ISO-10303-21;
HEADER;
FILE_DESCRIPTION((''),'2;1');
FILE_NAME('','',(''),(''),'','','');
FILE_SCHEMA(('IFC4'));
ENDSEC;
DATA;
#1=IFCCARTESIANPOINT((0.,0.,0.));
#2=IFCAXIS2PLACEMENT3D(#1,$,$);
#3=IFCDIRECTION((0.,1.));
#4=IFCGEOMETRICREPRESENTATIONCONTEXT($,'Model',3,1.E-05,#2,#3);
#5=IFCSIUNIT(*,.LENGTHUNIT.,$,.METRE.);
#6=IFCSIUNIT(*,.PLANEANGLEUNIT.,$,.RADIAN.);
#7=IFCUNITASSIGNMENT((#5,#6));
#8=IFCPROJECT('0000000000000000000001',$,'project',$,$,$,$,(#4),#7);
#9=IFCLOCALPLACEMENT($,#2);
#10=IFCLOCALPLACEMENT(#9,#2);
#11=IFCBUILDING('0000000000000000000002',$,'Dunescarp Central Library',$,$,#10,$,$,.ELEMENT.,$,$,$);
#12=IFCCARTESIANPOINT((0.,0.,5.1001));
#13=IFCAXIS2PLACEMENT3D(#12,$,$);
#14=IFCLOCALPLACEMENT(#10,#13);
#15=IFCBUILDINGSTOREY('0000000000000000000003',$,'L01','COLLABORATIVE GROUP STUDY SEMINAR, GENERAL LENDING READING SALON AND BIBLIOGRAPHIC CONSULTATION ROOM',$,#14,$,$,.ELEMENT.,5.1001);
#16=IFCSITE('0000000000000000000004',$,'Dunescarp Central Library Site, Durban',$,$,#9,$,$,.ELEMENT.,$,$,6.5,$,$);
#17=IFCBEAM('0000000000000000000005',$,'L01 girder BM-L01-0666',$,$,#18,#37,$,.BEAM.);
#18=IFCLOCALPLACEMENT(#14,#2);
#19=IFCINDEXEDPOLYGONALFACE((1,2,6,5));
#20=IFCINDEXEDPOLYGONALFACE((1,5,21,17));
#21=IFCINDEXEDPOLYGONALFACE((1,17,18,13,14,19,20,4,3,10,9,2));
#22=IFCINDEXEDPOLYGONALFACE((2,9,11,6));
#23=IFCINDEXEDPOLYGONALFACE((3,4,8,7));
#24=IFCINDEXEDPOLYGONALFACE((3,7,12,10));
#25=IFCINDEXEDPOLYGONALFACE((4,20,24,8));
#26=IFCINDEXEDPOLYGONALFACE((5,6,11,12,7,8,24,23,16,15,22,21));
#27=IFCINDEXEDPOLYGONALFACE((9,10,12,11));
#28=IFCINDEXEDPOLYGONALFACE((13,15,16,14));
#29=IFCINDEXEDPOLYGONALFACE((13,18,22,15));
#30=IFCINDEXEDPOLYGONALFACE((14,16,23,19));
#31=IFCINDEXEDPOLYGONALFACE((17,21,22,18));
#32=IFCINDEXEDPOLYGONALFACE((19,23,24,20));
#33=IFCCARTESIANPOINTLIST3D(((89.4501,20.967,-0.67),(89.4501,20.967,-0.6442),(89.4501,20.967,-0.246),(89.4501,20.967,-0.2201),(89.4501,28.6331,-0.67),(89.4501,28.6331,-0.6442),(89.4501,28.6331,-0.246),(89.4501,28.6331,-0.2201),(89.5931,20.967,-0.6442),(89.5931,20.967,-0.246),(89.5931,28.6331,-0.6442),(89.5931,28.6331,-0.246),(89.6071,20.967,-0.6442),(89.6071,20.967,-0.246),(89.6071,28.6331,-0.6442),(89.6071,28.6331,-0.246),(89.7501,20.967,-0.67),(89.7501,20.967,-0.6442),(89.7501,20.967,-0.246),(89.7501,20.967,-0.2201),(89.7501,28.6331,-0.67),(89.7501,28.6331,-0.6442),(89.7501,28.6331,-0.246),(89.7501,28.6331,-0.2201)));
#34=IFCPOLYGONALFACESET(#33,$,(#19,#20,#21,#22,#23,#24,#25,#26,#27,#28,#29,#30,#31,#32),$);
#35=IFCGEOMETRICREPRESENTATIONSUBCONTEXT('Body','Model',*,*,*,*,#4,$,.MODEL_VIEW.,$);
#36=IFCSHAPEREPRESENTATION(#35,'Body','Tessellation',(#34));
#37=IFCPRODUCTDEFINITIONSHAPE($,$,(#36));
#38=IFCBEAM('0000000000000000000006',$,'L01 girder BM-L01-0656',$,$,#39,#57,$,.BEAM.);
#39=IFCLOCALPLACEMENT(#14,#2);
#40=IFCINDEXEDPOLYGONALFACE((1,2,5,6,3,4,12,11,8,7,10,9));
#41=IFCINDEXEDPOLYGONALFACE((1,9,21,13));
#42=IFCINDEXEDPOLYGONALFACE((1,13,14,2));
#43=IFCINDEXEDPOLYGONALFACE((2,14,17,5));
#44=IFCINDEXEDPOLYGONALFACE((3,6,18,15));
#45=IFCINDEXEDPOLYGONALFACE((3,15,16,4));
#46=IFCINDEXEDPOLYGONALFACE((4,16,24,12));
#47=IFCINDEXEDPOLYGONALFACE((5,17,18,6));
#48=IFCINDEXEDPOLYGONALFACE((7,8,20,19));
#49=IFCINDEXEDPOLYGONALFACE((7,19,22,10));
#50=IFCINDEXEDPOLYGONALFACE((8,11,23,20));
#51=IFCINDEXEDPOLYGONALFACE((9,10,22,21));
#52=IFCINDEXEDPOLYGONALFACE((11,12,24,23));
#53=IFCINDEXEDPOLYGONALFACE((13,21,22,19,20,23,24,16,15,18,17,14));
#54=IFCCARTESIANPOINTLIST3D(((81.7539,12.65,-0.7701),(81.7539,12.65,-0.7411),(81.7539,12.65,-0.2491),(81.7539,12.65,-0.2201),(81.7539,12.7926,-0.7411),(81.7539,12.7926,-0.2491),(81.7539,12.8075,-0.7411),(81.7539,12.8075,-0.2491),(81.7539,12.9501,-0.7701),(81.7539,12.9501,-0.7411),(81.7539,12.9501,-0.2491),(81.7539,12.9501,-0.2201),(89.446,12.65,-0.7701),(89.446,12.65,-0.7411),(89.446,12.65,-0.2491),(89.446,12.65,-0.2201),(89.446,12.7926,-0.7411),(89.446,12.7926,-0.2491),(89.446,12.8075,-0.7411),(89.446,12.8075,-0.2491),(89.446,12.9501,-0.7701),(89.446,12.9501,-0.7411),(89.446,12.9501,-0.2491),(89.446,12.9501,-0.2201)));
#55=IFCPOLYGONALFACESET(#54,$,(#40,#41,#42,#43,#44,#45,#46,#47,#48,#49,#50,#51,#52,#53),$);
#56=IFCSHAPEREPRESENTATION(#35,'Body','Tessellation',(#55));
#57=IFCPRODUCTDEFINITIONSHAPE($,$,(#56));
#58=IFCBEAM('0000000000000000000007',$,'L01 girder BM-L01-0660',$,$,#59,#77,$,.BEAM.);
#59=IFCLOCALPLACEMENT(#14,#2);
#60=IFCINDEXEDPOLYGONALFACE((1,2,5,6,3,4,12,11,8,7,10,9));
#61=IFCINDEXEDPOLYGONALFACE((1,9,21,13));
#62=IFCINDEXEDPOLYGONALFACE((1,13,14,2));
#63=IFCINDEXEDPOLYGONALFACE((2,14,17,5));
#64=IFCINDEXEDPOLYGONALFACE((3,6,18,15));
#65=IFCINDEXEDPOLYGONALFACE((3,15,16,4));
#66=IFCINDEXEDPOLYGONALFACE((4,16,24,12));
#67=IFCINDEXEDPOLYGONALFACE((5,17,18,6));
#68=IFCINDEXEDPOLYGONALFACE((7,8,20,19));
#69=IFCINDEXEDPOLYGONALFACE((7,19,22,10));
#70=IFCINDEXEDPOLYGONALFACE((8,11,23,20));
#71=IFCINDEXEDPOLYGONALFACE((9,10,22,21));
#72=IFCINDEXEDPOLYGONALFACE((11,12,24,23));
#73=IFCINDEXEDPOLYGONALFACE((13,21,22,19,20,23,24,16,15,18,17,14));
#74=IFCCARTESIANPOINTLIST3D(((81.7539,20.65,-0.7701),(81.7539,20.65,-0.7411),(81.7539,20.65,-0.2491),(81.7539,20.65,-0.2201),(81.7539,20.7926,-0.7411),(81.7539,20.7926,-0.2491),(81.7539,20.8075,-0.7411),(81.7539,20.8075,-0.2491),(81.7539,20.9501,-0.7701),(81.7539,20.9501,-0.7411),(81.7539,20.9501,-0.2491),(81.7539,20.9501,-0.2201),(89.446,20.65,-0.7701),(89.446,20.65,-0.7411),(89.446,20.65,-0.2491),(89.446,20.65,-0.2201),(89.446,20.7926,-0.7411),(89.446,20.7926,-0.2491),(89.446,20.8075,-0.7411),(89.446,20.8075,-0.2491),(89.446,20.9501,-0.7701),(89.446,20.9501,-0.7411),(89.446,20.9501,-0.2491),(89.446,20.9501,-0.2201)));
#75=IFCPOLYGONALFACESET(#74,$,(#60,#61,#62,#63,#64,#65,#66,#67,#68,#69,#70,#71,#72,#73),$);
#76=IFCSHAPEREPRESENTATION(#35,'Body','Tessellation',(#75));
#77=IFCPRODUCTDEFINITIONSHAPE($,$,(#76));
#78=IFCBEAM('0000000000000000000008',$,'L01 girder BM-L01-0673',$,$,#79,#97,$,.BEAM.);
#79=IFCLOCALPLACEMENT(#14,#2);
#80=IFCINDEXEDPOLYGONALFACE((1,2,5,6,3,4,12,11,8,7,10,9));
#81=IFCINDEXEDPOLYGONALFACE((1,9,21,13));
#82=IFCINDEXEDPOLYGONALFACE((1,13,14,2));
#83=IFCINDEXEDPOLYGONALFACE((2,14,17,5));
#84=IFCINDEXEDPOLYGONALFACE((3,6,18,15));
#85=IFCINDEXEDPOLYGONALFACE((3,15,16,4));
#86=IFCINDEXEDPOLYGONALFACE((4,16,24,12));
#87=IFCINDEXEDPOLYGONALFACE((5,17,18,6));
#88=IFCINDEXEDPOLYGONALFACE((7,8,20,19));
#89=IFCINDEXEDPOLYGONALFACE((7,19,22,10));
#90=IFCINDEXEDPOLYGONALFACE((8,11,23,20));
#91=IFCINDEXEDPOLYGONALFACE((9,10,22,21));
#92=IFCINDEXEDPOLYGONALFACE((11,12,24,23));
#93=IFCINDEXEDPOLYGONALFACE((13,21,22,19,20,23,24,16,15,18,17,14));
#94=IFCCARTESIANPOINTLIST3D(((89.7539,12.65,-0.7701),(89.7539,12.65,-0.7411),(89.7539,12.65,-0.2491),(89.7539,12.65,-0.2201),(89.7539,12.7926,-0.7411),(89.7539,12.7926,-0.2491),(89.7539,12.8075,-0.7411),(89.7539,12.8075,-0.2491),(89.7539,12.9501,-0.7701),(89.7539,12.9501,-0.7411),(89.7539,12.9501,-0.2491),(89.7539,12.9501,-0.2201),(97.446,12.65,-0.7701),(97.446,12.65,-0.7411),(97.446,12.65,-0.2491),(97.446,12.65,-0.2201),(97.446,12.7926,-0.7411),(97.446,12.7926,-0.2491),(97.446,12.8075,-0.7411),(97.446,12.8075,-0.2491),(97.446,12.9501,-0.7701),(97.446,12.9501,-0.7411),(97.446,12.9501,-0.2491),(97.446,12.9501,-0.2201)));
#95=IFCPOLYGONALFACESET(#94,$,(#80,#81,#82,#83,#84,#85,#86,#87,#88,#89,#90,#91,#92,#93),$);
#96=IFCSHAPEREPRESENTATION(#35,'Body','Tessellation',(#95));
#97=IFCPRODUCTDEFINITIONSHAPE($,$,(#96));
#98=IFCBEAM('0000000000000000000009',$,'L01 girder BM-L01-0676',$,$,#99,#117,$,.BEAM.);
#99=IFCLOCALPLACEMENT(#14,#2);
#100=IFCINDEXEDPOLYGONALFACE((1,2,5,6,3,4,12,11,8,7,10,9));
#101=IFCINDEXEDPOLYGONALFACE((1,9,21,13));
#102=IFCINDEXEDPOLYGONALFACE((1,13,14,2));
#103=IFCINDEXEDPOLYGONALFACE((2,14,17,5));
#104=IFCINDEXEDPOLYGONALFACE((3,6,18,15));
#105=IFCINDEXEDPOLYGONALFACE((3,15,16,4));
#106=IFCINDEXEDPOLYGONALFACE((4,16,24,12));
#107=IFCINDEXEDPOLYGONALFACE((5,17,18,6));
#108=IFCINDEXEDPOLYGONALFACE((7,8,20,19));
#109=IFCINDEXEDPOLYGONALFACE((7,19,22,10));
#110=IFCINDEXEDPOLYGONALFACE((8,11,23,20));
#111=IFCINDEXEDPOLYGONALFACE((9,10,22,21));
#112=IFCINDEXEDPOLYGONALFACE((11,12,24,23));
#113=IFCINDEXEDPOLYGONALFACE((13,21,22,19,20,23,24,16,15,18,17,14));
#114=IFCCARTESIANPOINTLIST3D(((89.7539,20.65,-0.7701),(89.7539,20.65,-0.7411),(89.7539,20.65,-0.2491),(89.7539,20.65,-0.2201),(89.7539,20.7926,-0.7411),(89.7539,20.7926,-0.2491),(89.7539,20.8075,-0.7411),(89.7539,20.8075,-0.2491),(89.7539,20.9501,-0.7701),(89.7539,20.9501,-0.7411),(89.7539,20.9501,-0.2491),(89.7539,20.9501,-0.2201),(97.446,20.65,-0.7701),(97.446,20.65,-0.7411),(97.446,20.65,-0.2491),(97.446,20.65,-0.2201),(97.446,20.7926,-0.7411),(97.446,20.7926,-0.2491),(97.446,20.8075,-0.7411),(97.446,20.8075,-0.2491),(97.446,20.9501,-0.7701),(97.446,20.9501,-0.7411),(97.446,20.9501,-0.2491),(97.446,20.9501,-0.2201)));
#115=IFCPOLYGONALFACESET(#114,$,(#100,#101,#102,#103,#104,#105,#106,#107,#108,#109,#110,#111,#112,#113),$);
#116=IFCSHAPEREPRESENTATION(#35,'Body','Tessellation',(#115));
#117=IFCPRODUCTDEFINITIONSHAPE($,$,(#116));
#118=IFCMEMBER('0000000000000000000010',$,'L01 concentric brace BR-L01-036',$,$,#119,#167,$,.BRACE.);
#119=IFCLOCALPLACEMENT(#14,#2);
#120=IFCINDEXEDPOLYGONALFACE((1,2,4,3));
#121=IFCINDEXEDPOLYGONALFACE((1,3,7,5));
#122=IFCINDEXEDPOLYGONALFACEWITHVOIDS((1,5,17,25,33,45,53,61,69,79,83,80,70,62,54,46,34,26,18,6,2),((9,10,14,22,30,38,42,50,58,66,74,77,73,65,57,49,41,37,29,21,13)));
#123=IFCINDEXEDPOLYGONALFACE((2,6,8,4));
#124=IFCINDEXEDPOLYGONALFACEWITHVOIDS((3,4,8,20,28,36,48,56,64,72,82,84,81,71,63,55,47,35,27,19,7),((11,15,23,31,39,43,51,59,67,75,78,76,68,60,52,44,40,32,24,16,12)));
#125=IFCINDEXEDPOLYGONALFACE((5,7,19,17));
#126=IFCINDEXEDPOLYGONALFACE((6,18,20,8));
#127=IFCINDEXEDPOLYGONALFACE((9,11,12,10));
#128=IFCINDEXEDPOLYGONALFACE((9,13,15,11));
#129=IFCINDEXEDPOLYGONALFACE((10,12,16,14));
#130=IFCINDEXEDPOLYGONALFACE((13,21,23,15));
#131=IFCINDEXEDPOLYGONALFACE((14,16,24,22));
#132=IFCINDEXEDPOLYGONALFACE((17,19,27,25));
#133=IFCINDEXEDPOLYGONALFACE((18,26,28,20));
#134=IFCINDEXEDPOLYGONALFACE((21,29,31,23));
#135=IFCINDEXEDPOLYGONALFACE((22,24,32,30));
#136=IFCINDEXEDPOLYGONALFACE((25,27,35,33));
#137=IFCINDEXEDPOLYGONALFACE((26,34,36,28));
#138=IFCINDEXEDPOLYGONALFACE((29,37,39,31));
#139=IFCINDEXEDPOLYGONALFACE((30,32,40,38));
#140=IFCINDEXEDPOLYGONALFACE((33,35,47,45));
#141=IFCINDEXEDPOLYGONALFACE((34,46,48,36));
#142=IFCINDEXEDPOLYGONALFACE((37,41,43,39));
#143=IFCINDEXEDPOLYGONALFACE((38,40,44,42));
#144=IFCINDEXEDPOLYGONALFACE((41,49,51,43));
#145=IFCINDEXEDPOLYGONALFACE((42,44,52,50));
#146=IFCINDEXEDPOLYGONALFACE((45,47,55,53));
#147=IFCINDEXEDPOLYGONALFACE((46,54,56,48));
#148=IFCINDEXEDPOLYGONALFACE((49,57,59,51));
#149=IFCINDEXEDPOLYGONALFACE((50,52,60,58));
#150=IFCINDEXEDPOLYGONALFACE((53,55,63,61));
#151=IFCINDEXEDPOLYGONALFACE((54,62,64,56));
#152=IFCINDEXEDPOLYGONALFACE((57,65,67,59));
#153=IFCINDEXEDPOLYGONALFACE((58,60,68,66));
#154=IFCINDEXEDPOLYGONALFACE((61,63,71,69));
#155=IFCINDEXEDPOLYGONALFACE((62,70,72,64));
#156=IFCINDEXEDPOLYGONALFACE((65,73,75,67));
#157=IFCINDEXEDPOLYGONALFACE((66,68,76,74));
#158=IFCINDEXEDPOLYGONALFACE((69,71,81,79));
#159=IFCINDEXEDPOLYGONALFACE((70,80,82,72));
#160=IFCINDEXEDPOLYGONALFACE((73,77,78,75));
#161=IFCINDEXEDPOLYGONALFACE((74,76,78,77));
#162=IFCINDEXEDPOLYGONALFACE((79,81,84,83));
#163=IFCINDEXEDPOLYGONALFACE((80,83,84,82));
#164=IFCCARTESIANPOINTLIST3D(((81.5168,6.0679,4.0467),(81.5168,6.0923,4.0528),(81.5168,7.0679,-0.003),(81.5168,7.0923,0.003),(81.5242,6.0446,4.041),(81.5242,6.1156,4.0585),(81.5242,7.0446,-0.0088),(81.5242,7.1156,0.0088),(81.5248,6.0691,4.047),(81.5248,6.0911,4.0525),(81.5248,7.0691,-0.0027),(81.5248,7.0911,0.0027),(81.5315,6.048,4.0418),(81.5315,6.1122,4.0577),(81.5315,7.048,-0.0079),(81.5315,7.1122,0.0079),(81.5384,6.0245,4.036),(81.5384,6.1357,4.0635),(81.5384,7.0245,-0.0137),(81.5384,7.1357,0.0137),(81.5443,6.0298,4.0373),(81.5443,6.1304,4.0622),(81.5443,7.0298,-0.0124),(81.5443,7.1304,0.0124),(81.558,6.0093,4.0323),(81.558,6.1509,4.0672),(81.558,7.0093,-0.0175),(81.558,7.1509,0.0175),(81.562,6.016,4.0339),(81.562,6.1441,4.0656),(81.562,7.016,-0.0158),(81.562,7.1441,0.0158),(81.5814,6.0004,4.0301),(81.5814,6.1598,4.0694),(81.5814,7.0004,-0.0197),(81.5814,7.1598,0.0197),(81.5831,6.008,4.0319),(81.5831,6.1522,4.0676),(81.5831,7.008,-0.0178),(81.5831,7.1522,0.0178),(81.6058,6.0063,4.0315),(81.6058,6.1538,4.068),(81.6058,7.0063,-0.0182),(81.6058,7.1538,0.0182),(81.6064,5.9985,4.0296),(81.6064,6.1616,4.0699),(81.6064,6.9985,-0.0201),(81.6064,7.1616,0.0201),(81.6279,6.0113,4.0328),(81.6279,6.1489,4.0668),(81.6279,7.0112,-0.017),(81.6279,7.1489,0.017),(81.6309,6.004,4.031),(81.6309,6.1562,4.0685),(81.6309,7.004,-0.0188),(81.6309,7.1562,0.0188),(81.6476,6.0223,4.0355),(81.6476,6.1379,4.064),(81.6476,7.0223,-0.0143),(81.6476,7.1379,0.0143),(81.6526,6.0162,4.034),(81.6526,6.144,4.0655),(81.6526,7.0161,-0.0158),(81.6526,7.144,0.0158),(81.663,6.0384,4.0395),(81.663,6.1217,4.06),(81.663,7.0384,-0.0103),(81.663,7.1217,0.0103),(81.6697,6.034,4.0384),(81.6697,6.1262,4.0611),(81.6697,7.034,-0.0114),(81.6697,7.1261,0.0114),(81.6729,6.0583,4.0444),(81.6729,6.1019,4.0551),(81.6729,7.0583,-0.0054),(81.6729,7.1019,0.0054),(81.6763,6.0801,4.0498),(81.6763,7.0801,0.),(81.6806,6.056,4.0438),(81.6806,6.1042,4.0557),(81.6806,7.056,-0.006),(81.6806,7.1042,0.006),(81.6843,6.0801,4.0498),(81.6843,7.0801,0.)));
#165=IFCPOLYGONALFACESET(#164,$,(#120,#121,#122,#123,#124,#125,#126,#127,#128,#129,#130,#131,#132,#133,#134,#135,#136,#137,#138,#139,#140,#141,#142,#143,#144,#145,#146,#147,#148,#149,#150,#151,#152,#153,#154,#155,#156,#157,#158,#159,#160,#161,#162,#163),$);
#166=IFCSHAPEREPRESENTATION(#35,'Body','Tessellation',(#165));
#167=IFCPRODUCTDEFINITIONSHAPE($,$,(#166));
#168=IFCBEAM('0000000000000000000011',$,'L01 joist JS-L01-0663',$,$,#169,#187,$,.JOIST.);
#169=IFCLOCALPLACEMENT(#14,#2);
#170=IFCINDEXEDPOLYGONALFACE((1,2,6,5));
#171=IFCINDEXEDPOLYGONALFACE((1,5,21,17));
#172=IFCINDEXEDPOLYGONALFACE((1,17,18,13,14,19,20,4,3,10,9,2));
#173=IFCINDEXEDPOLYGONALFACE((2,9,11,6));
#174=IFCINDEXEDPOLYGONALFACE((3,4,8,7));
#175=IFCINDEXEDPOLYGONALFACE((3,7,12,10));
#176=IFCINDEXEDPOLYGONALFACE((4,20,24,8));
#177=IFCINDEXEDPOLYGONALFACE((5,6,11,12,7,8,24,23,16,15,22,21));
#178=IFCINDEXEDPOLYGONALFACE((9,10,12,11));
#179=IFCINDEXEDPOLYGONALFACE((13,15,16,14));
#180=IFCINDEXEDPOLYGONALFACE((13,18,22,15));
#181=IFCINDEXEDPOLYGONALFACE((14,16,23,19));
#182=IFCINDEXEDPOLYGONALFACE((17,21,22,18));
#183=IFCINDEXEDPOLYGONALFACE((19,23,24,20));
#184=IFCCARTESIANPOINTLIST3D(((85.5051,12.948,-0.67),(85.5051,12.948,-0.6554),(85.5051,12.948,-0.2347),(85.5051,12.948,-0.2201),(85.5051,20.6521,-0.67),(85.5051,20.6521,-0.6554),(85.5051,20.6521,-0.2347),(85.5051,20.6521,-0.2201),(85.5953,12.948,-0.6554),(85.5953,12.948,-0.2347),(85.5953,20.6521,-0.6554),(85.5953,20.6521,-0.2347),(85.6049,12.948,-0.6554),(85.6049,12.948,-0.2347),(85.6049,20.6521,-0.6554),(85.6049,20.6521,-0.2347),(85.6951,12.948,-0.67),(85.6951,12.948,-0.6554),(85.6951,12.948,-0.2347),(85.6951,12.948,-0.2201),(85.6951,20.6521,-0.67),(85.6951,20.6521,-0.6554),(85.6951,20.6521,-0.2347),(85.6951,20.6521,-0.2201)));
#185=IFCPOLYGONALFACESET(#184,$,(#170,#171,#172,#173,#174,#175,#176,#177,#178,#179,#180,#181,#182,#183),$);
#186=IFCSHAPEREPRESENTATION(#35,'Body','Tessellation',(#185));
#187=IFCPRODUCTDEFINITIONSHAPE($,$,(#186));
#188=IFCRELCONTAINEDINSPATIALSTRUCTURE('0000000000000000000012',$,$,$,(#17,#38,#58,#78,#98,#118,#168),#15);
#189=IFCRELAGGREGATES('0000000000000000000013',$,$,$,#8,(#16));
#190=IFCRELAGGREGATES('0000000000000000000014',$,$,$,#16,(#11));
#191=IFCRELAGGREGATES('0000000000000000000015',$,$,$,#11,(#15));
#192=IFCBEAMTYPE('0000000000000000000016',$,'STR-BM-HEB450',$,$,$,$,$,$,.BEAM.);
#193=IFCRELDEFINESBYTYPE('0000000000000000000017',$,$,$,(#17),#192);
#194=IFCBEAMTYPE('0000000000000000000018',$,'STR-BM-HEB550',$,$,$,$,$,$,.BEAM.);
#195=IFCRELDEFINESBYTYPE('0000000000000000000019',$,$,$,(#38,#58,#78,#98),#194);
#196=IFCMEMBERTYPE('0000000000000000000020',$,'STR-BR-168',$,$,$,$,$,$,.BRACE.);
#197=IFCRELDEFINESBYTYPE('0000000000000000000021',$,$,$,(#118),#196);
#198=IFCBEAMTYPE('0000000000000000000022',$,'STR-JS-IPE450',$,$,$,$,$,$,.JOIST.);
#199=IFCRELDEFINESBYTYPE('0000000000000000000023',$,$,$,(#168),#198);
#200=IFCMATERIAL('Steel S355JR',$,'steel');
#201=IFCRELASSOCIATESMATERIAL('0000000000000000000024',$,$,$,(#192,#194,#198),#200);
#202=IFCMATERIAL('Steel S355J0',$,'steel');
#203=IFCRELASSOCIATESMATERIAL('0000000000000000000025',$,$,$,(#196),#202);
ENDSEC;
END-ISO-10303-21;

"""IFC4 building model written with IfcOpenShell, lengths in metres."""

from ifc_helpers import new_model, si_unit, direction, frame, origin, origin_2d, place, context, subcontext, project, spatial, hollow_circle, i_section, extrude, material, material_profile, profile_set, type_object, element, save


model = new_model("IFC4")

# Units and contexts
model_context = context("Model", 3, precision=1e-05, world=origin(), true_north=direction((0.0, 1.0)))
body_context = subcontext(model_context, "Body", "Model", "MODEL_VIEW")
ifc_project = project(units=[si_unit("LENGTHUNIT", "METRE"), si_unit("PLANEANGLEUNIT", "RADIAN")], contexts=[model_context])

# Site, building, storey
site_placement = place(None, origin())
site = spatial("IfcSite", under=ifc_project, at=site_placement, Name="Dunescarp Central Library Site, Durban", CompositionType="ELEMENT", RefElevation=6.5)
building_placement = place(site_placement, origin())
building = spatial("IfcBuilding", under=site, at=building_placement, Name="Dunescarp Central Library", CompositionType="ELEMENT")
storey_placement = place(building_placement, frame((0.0, 0.0, 5.1001)))
storey = spatial("IfcBuildingStorey", under=building, at=storey_placement, Name="L01", Description="COLLABORATIVE GROUP STUDY SEMINAR, GENERAL LENDING READING SALON AND BIBLIOGRAPHIC CONSULTATION ROOM", CompositionType="ELEMENT", Elevation=5.1001)

# Shared definitions
ifc_material_1 = material(Name="Steel S355JR", Category="steel")

# Beams
ifc_material_profile_1 = material_profile(ifc_material_1, i_section(OverallWidth=0.3, OverallDepth=0.45, WebThickness=0.0139, FlangeThickness=0.0259, at=origin_2d()), Name="HEB 450")
ifc_profile_set_1 = profile_set([ifc_material_profile_1], Name="Steel S355JR")
beam_type_1 = type_object("IfcBeamType", Name="STR-BM-HEB450", PredefinedType="BEAM", material=ifc_profile_set_1)
for number, where, z_axis, x_axis, name in (
    (1, (89.6001, 20.967, -0.4451), (0.0, 1.0, 0.0), (-1.0, 0.0, 0.0), "L01 girder BM-L01-0666"),
):
    element("IfcBeam", number, at=place(storey_placement, frame(where, z_axis=z_axis, x_axis=x_axis)), inside=storey, type_object=beam_type_1, Name=name, PredefinedType="BEAM", context=body_context, shape_type="SweptSolid", body=[
        extrude(i_section(OverallWidth=0.3, OverallDepth=0.45, WebThickness=0.0139, FlangeThickness=0.0259, at=origin_2d()), origin(), (0.0, 0.0, 1.0), 7.666),
    ])
ifc_material_profile_2 = material_profile(ifc_material_1, i_section(OverallWidth=0.3, OverallDepth=0.55, WebThickness=0.0149, FlangeThickness=0.0291, at=origin_2d()), Name="HEB 550")
ifc_profile_set_2 = profile_set([ifc_material_profile_2], Name="Steel S355JR")
beam_type_2 = type_object("IfcBeamType", Name="STR-BM-HEB550", PredefinedType="BEAM", material=ifc_profile_set_2)
for number, where, z_axis, x_axis, name in (
    (2, (81.7539, 12.8, -0.4951), (1.0, 0.0, 0.0), (0.0, 1.0, 0.0), "L01 girder BM-L01-0656"),
    (3, (81.7539, 20.8, -0.4951), (1.0, 0.0, 0.0), (0.0, 1.0, 0.0), "L01 girder BM-L01-0660"),
    (4, (89.7539, 12.8, -0.4951), (1.0, 0.0, 0.0), (0.0, 1.0, 0.0), "L01 girder BM-L01-0673"),
    (5, (89.7539, 20.8, -0.4951), (1.0, 0.0, 0.0), (0.0, 1.0, 0.0), "L01 girder BM-L01-0676"),
):
    element("IfcBeam", number, at=place(storey_placement, frame(where, z_axis=z_axis, x_axis=x_axis)), inside=storey, type_object=beam_type_2, Name=name, PredefinedType="BEAM", context=body_context, shape_type="SweptSolid", body=[
        extrude(i_section(OverallWidth=0.3, OverallDepth=0.55, WebThickness=0.0149, FlangeThickness=0.0291, at=origin_2d()), origin(), (0.0, 0.0, 1.0), 7.6921),
    ])

# Member
ifc_material_2 = material(Name="Steel S355J0", Category="steel")
ifc_material_profile_3 = material_profile(ifc_material_2, hollow_circle(Radius=0.0842, WallThickness=0.0081, at=origin_2d()), Name="CHS 168.3x8")
ifc_profile_set_3 = profile_set([ifc_material_profile_3], Name="Steel S355J0")
member_type = type_object("IfcMemberType", Name="STR-BR-168", PredefinedType="BRACE", material=ifc_profile_set_3)
member_placement = place(storey_placement, frame((81.6001, 7.0801, 0.0), z_axis=(0.0, -0.239725, 0.970841), x_axis=(1.0, 0.0, 0.0)))
element("IfcMember", 6, at=member_placement, inside=storey, type_object=member_type, Name="L01 concentric brace BR-L01-036", PredefinedType="BRACE", context=body_context, shape_type="SweptSolid", body=[
    extrude(hollow_circle(Radius=0.0842, WallThickness=0.0081, at=origin_2d()), origin(), (0.0, 0.0, 1.0), 4.1714),
])

# Beam
ifc_material_profile_4 = material_profile(ifc_material_1, i_section(OverallWidth=0.1899, OverallDepth=0.45, WebThickness=0.0095, FlangeThickness=0.0146, at=origin_2d()), Name="IPE 450")
ifc_profile_set_4 = profile_set([ifc_material_profile_4], Name="Steel S355JR")
beam_type_3 = type_object("IfcBeamType", Name="STR-JS-IPE450", PredefinedType="JOIST", material=ifc_profile_set_4)
for number, where, z_axis, x_axis, name in (
    (7, (85.6001, 12.948, -0.4451), (0.0, 1.0, 0.0), (-1.0, 0.0, 0.0), "L01 joist JS-L01-0663"),
):
    element("IfcBeam", number, at=place(storey_placement, frame(where, z_axis=z_axis, x_axis=x_axis)), inside=storey, type_object=beam_type_3, Name=name, PredefinedType="JOIST", context=body_context, shape_type="SweptSolid", body=[
        extrude(i_section(OverallWidth=0.1899, OverallDepth=0.45, WebThickness=0.0095, FlangeThickness=0.0146, at=origin_2d()), origin(), (0.0, 0.0, 1.0), 7.7041),
    ])

save(model, "model.ifc")
